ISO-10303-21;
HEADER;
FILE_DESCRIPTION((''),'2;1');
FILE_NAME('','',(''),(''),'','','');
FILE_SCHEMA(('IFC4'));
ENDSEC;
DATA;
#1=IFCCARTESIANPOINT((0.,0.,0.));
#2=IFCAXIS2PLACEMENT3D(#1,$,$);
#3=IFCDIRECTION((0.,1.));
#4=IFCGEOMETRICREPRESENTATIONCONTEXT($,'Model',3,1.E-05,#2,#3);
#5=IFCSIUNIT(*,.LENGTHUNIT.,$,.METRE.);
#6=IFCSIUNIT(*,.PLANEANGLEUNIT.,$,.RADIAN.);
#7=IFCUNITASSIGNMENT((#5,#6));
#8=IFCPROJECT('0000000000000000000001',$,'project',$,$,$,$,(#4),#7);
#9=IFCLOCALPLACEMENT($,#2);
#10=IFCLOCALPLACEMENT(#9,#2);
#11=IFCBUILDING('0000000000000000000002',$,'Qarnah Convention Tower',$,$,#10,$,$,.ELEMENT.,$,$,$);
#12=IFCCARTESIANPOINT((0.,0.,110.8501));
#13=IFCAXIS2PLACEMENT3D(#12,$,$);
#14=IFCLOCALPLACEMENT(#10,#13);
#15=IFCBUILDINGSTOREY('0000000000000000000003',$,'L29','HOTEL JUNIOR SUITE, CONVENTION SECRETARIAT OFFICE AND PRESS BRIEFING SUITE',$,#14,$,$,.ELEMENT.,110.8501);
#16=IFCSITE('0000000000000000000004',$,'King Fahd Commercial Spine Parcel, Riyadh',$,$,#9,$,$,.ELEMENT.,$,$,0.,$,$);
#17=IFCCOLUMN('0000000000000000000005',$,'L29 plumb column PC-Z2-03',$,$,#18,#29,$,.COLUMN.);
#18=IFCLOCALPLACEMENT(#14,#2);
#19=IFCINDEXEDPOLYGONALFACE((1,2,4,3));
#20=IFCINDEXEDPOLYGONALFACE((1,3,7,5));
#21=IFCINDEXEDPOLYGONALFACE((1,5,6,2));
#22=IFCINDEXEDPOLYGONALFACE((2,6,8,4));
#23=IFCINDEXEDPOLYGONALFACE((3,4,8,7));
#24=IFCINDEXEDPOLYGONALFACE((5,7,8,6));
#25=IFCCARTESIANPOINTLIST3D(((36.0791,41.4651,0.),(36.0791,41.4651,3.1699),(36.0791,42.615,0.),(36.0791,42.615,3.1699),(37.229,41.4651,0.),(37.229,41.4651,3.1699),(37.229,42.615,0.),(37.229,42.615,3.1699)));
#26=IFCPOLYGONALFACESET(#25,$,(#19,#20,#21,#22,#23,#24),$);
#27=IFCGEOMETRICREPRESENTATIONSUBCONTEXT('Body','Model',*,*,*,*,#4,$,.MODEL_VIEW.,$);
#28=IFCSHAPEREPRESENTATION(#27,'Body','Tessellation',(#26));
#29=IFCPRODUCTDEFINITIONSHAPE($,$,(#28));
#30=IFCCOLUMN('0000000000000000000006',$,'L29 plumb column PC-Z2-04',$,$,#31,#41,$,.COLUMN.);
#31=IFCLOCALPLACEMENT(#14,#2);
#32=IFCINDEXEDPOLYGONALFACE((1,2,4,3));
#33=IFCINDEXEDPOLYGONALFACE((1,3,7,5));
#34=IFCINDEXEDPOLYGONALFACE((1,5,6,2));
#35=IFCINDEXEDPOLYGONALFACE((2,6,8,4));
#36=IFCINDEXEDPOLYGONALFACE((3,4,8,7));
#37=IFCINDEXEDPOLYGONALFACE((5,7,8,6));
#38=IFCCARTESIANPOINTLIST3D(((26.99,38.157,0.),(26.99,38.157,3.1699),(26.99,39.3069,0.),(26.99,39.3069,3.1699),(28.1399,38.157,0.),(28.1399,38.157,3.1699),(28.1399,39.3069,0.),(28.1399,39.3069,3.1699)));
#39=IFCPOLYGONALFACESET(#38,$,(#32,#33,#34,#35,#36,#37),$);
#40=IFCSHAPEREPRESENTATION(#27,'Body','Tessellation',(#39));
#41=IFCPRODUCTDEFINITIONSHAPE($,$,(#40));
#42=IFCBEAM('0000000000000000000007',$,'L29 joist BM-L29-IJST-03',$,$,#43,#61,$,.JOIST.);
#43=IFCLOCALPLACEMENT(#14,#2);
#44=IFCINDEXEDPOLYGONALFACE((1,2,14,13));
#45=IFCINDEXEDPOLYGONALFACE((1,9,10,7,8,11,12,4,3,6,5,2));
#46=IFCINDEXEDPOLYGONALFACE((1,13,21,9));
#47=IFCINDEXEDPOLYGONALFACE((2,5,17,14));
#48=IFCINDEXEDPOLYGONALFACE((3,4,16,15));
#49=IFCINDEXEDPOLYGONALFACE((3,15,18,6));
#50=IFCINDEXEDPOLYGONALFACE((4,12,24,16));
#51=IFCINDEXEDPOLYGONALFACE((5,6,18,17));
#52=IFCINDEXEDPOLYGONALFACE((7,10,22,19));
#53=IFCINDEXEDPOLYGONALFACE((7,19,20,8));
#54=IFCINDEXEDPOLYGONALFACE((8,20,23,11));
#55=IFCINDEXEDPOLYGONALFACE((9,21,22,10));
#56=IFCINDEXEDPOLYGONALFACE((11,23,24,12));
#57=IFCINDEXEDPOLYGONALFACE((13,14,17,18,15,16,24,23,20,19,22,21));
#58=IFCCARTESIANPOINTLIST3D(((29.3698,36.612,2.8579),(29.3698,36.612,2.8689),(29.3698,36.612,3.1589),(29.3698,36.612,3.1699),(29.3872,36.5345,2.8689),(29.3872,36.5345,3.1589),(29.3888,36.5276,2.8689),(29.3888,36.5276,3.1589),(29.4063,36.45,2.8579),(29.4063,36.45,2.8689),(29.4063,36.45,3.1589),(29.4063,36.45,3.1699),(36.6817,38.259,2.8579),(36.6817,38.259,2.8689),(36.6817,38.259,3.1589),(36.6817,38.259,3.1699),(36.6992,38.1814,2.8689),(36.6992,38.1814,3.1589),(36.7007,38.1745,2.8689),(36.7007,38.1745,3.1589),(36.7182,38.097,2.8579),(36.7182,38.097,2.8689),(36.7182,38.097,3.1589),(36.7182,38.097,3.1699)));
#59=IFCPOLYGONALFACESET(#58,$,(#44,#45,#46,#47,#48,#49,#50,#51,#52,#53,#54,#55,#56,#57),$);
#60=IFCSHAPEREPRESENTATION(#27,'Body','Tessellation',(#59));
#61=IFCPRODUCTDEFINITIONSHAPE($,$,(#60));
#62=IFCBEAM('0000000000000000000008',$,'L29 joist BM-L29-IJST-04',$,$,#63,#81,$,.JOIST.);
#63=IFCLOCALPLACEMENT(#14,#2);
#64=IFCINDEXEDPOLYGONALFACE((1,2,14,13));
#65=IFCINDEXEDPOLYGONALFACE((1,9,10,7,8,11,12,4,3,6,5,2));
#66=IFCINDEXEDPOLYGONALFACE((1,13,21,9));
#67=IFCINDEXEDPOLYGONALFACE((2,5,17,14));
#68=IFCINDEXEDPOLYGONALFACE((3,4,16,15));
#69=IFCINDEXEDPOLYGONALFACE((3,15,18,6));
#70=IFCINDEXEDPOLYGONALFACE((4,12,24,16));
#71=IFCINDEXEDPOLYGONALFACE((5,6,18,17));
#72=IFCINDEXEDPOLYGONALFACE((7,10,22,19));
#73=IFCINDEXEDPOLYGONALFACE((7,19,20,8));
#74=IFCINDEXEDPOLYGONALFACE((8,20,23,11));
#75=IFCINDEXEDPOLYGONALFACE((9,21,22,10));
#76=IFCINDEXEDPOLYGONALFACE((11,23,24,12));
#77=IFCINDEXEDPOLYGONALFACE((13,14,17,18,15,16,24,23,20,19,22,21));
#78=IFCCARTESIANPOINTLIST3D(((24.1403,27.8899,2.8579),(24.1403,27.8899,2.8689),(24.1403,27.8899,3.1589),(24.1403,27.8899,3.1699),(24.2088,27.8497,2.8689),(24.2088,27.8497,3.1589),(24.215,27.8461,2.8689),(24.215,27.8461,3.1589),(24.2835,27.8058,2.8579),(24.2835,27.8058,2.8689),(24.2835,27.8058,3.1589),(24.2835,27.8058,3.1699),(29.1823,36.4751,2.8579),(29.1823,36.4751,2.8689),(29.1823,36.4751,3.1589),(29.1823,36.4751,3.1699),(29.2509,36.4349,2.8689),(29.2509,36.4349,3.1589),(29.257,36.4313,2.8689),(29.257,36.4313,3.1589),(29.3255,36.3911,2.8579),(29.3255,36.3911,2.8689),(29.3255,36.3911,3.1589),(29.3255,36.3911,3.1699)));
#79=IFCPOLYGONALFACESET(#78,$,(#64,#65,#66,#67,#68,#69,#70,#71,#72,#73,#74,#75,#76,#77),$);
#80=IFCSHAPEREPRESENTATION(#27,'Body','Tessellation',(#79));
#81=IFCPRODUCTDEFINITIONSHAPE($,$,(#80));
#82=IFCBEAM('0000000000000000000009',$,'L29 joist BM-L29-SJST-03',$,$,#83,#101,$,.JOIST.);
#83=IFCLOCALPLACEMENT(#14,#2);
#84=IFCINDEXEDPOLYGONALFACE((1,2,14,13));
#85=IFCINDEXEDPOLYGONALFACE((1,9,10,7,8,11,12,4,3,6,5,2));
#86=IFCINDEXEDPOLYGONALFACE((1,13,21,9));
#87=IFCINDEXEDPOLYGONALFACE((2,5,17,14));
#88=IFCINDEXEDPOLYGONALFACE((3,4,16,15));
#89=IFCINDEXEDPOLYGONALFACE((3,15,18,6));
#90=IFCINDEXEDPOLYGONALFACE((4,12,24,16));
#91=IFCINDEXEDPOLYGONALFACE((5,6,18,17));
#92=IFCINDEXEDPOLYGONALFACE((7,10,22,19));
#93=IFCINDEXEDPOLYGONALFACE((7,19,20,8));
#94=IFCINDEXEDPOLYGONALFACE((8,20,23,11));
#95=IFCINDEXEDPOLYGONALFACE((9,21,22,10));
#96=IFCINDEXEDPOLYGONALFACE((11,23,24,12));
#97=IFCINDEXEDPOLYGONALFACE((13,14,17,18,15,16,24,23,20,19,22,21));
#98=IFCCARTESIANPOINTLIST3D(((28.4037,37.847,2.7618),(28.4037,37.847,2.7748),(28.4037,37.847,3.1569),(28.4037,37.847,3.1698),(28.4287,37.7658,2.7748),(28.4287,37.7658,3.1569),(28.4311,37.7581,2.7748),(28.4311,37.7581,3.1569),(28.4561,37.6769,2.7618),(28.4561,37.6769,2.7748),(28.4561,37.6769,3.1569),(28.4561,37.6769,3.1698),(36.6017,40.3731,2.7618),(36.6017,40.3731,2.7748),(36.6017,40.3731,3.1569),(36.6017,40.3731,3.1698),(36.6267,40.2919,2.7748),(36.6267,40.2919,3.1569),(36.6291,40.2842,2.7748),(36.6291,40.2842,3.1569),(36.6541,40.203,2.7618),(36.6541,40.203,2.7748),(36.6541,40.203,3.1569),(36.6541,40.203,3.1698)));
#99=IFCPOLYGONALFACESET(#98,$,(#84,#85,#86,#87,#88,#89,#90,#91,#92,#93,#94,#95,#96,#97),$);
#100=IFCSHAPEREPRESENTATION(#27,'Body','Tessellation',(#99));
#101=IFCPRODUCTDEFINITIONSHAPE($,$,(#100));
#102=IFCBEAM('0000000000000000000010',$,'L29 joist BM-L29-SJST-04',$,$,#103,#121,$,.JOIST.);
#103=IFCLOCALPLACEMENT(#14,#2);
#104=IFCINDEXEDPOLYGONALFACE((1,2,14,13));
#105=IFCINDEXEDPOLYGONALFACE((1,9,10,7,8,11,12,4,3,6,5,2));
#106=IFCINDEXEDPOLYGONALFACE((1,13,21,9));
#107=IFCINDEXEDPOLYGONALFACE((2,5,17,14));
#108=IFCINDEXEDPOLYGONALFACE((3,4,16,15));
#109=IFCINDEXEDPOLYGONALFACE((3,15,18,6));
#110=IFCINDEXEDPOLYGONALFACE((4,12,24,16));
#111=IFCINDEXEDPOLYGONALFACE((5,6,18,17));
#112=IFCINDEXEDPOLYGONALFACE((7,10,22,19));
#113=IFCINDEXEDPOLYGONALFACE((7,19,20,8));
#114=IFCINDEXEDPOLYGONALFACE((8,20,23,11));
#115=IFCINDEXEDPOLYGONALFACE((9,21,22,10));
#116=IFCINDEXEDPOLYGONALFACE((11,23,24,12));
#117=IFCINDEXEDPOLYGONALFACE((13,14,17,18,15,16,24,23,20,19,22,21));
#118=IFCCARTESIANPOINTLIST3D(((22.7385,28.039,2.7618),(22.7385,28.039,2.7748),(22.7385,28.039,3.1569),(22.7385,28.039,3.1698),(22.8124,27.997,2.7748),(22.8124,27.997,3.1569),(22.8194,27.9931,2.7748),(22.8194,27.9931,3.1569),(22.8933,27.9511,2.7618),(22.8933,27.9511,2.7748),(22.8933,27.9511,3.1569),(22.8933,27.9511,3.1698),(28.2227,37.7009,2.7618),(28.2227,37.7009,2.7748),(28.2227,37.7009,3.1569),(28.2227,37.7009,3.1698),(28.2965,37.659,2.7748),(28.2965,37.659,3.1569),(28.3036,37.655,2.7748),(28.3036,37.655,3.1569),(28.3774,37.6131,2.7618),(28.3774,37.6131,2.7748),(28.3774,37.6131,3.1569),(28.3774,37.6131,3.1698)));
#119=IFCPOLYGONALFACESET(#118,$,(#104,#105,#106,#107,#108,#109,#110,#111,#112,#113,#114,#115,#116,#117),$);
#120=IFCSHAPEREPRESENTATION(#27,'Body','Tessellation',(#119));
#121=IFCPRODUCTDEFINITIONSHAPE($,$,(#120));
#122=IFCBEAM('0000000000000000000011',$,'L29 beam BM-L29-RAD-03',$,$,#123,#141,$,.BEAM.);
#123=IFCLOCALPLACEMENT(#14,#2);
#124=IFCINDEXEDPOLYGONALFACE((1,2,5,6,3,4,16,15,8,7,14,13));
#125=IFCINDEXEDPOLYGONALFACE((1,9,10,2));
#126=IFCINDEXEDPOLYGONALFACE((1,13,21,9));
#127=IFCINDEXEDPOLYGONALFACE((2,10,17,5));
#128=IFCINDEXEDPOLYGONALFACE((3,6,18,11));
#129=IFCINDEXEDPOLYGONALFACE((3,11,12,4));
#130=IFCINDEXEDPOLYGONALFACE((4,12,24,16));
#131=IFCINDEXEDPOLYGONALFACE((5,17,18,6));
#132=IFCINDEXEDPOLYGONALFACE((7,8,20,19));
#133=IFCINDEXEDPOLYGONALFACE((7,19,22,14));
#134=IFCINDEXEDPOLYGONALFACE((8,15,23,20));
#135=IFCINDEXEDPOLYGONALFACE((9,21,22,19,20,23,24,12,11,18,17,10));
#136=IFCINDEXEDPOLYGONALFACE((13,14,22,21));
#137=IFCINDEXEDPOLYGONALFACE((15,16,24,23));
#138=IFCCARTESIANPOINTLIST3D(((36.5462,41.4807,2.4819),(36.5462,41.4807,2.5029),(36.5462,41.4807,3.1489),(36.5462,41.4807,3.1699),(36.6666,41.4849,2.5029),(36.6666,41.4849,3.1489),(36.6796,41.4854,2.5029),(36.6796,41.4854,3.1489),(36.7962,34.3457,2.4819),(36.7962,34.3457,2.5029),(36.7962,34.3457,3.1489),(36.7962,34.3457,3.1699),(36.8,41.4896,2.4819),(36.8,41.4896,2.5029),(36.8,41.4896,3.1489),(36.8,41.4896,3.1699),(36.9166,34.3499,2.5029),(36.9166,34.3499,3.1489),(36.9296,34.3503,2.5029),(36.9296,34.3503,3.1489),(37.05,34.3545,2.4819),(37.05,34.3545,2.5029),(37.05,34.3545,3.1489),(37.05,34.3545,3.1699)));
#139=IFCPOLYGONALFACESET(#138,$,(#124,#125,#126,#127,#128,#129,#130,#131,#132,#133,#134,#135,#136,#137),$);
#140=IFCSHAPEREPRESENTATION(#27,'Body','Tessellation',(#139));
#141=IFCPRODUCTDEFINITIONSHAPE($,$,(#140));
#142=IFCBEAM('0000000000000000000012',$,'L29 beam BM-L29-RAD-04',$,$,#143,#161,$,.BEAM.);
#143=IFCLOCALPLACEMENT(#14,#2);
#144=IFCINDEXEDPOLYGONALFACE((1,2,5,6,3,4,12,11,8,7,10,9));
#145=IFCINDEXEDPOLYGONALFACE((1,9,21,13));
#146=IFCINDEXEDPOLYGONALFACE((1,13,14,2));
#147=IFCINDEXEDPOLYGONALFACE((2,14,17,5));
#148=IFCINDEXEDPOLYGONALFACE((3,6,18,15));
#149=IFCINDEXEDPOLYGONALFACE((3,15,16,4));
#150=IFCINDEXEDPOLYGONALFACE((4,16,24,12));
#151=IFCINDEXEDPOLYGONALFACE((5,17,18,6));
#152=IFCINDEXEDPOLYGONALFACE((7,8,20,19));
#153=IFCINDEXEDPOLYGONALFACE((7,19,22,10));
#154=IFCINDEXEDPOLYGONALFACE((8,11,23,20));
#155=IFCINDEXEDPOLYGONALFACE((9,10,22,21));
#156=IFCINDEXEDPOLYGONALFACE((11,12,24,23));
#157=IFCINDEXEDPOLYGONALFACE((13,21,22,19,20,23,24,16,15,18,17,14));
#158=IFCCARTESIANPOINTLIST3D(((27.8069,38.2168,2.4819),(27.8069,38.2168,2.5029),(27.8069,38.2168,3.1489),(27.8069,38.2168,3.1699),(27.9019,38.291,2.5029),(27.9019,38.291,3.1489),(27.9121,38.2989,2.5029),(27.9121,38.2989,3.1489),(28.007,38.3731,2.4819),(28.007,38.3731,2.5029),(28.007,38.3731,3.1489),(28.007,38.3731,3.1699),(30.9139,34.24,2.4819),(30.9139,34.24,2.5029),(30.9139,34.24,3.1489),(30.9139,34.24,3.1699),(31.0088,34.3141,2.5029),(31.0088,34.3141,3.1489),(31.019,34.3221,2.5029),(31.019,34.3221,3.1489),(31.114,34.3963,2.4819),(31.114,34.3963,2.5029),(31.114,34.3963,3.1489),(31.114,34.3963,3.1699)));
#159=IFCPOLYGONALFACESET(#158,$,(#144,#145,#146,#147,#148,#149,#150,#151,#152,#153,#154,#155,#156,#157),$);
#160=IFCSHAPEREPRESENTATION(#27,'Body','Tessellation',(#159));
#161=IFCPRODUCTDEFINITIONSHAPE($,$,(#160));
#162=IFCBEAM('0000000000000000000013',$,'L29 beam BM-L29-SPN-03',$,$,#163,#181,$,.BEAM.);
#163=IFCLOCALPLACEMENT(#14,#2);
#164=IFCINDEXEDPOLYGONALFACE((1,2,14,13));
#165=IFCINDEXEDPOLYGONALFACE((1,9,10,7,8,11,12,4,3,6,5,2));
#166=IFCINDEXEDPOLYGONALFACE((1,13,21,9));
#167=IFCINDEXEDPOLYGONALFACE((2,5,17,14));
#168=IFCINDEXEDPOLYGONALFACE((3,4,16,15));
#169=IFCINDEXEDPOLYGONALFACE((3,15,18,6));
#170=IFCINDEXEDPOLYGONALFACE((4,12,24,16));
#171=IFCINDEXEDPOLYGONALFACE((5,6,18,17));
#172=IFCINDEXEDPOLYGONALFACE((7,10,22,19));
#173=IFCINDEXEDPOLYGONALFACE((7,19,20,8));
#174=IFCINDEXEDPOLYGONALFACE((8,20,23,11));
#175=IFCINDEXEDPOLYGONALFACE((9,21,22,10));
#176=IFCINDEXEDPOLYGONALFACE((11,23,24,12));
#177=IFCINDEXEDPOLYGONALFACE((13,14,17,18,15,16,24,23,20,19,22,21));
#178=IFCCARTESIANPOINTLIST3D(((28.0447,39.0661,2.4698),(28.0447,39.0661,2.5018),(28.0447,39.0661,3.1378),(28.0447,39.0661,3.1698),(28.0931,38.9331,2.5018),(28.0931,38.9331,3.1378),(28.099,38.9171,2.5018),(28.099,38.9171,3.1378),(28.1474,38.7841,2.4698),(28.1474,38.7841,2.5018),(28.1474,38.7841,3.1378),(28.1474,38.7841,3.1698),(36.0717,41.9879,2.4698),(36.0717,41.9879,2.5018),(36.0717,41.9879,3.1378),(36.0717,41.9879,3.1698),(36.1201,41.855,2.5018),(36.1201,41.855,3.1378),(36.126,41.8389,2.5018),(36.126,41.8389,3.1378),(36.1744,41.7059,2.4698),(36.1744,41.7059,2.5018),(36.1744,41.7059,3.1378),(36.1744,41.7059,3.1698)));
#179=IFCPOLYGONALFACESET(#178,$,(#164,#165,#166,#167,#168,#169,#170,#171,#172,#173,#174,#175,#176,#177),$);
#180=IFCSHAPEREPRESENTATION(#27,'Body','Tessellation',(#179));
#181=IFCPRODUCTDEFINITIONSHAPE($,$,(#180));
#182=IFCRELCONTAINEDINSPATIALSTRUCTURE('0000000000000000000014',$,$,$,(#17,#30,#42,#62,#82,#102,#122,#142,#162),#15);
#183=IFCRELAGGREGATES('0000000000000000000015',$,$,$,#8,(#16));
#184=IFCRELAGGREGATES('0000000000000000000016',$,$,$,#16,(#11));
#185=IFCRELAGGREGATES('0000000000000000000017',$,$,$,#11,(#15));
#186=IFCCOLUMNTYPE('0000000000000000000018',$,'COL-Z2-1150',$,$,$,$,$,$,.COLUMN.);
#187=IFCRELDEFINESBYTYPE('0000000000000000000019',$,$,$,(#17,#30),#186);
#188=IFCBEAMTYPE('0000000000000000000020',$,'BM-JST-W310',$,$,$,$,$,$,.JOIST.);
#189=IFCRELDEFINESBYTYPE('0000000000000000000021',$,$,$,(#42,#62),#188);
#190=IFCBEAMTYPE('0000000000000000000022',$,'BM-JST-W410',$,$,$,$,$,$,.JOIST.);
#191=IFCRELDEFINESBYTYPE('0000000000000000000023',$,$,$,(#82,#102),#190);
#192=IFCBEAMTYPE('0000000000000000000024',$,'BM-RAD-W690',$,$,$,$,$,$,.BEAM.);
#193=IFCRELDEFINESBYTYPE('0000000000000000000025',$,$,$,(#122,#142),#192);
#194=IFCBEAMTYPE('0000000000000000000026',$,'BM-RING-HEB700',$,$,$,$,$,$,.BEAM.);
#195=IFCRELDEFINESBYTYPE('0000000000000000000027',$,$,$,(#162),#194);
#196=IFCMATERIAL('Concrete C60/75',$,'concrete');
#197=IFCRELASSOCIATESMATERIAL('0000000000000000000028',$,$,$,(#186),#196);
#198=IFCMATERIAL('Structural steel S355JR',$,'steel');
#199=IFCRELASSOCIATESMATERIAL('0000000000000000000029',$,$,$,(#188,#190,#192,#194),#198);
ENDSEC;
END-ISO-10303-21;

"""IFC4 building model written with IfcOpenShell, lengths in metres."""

from ifc_helpers import new_model, si_unit, direction, frame, origin, origin_2d, place, context, subcontext, project, spatial, rectangle, i_section, extrude, material, material_profile, profile_set, type_object, element, save


model = new_model("IFC4")

# Units and contexts
model_context = context("Model", 3, precision=1e-05, world=origin(), true_north=direction((0.0, 1.0)))
body_context = subcontext(model_context, "Body", "Model", "MODEL_VIEW")
ifc_project = project(units=[si_unit("LENGTHUNIT", "METRE"), si_unit("PLANEANGLEUNIT", "RADIAN")], contexts=[model_context])

# Site, building, storey
site_placement = place(None, origin())
site = spatial("IfcSite", under=ifc_project, at=site_placement, Name="King Fahd Commercial Spine Parcel, Riyadh", CompositionType="ELEMENT", RefElevation=0.0)
building_placement = place(site_placement, origin())
building = spatial("IfcBuilding", under=site, at=building_placement, Name="Qarnah Convention Tower", CompositionType="ELEMENT")
storey_placement = place(building_placement, frame((0.0, 0.0, 110.8501)))
storey = spatial("IfcBuildingStorey", under=building, at=storey_placement, Name="L29", Description="HOTEL JUNIOR SUITE, CONVENTION SECRETARIAT OFFICE AND PRESS BRIEFING SUITE", CompositionType="ELEMENT", Elevation=110.8501)

# Columns
ifc_material_1 = material(Name="Concrete C60/75", Category="concrete")
ifc_material_profile_1 = material_profile(ifc_material_1, rectangle(XDim=1.1499, YDim=1.1499, at=origin_2d()), Name="RC-COL-1150X1150")
ifc_profile_set_1 = profile_set([ifc_material_profile_1], Name="Concrete C60/75")
column_type = type_object("IfcColumnType", Name="COL-Z2-1150", PredefinedType="COLUMN", material=ifc_profile_set_1)
for number, where, z_axis, x_axis, name in (
    (1, (36.6541, 42.04, 0.0), (0.0, 0.0, 1.0), (1.0, 0.0, 0.0), "L29 plumb column PC-Z2-03"),
    (2, (27.5649, 38.7319, 0.0), (0.0, 0.0, 1.0), (1.0, 0.0, 0.0), "L29 plumb column PC-Z2-04"),
):
    element("IfcColumn", number, at=place(storey_placement, frame(where, z_axis=z_axis, x_axis=x_axis)), inside=storey, type_object=column_type, Name=name, PredefinedType="COLUMN", context=body_context, shape_type="SweptSolid", body=[
        extrude(rectangle(XDim=1.1499, YDim=1.1499, at=origin_2d()), origin(), (0.0, 0.0, 1.0), 3.1699),
    ])

# Beams
ifc_material_2 = material(Name="Structural steel S355JR", Category="steel")
ifc_material_profile_2 = material_profile(ifc_material_2, i_section(OverallWidth=0.166, OverallDepth=0.312, WebThickness=0.0071, FlangeThickness=0.011, at=origin_2d()), Name="W310X45")
ifc_profile_set_2 = profile_set([ifc_material_profile_2], Name="Structural steel S355JR")
beam_type_1 = type_object("IfcBeamType", Name="BM-JST-W310", PredefinedType="JOIST", material=ifc_profile_set_2)
beam_1_placement = place(storey_placement, frame((36.7, 38.178, 3.0139), z_axis=(-0.975559, -0.219737, 0.0), x_axis=(0.219737, -0.975559, 0.0)))
element("IfcBeam", 3, at=beam_1_placement, inside=storey, type_object=beam_type_1, Name="L29 joist BM-L29-IJST-03", PredefinedType="JOIST", context=body_context, shape_type="SweptSolid", body=[
    extrude(i_section(OverallWidth=0.166, OverallDepth=0.312, WebThickness=0.0071, FlangeThickness=0.011, at=origin_2d()), origin(), (0.0, 0.0, 1.0), 7.4951),
])
beam_2_placement = place(storey_placement, frame((29.2539, 36.4331, 3.0139), z_axis=(-0.506413, -0.862291, 0.0), x_axis=(0.862291, -0.506413, 0.0)))
element("IfcBeam", 4, at=beam_2_placement, inside=storey, type_object=beam_type_1, Name="L29 joist BM-L29-IJST-04", PredefinedType="JOIST", context=body_context, shape_type="SweptSolid", body=[
    extrude(i_section(OverallWidth=0.166, OverallDepth=0.312, WebThickness=0.0071, FlangeThickness=0.011, at=origin_2d()), origin(), (0.0, 0.0, 1.0), 9.9563),
])
ifc_material_profile_3 = material_profile(ifc_material_2, i_section(OverallWidth=0.178, OverallDepth=0.408, WebThickness=0.0081, FlangeThickness=0.0129, at=origin_2d()), Name="W410X60")
ifc_profile_set_3 = profile_set([ifc_material_profile_3], Name="Structural steel S355JR")
beam_type_2 = type_object("IfcBeamType", Name="BM-JST-W410", PredefinedType="JOIST", material=ifc_profile_set_3)
beam_3_placement = place(storey_placement, frame((36.6279, 40.2881, 2.9658), z_axis=(-0.955659, -0.294476, 0.0), x_axis=(0.294476, -0.955659, 0.0)))
element("IfcBeam", 5, at=beam_3_placement, inside=storey, type_object=beam_type_2, Name="L29 joist BM-L29-SJST-03", PredefinedType="JOIST", context=body_context, shape_type="SweptSolid", body=[
    extrude(i_section(OverallWidth=0.178, OverallDepth=0.408, WebThickness=0.0081, FlangeThickness=0.0129, at=origin_2d()), origin(), (0.0, 0.0, 1.0), 8.5784),
])
beam_4_placement = place(storey_placement, frame((28.3, 37.657, 2.9658), z_axis=(-0.493631, -0.869672, 0.0), x_axis=(0.869672, -0.493631, 0.0)))
element("IfcBeam", 6, at=beam_4_placement, inside=storey, type_object=beam_type_2, Name="L29 joist BM-L29-SJST-04", PredefinedType="JOIST", context=body_context, shape_type="SweptSolid", body=[
    extrude(i_section(OverallWidth=0.178, OverallDepth=0.408, WebThickness=0.0081, FlangeThickness=0.0129, at=origin_2d()), origin(), (0.0, 0.0, 1.0), 11.1099),
])
ifc_material_profile_4 = material_profile(ifc_material_2, i_section(OverallWidth=0.2539, OverallDepth=0.688, WebThickness=0.0129, FlangeThickness=0.021, at=origin_2d()), Name="W690X152")
ifc_profile_set_4 = profile_set([ifc_material_profile_4], Name="Structural steel S355JR")
beam_type_3 = type_object("IfcBeamType", Name="BM-RAD-W690", PredefinedType="BEAM", material=ifc_profile_set_4)
beam_5_placement = place(storey_placement, frame((36.9231, 34.3501, 2.8259), z_axis=(-0.035017, 0.999387, 0.0), x_axis=(-0.999387, -0.035017, 0.0)))
element("IfcBeam", 7, at=beam_5_placement, inside=storey, type_object=beam_type_3, Name="L29 beam BM-L29-RAD-03", PredefinedType="BEAM", context=body_context, shape_type="SweptSolid", body=[
    extrude(i_section(OverallWidth=0.2539, OverallDepth=0.688, WebThickness=0.0129, FlangeThickness=0.021, at=origin_2d()), origin(), (0.0, 0.0, 1.0), 7.1394),
])
beam_6_placement = place(storey_placement, frame((31.0139, 34.3181, 2.8259), z_axis=(-0.615651, 0.788019, 0.0), x_axis=(-0.788019, -0.615651, 0.0)))
element("IfcBeam", 8, at=beam_6_placement, inside=storey, type_object=beam_type_3, Name="L29 beam BM-L29-RAD-04", PredefinedType="BEAM", context=body_context, shape_type="SweptSolid", body=[
    extrude(i_section(OverallWidth=0.2539, OverallDepth=0.688, WebThickness=0.0129, FlangeThickness=0.021, at=origin_2d()), origin(), (0.0, 0.0, 1.0), 5.0466),
])
ifc_material_profile_5 = material_profile(ifc_material_2, i_section(OverallWidth=0.3, OverallDepth=0.7, WebThickness=0.0171, FlangeThickness=0.032, at=origin_2d()), Name="HEB700")
ifc_profile_set_5 = profile_set([ifc_material_profile_5], Name="Structural steel S355JR")
beam_type_4 = type_object("IfcBeamType", Name="BM-RING-HEB700", PredefinedType="BEAM", material=ifc_profile_set_5)
beam_7_placement = place(storey_placement, frame((36.123, 41.8469, 2.8198), z_axis=(-0.939683, -0.342046, 0.0), x_axis=(0.342046, -0.939683, 0.0)))
element("IfcBeam", 9, at=beam_7_placement, inside=storey, type_object=beam_type_4, Name="L29 beam BM-L29-SPN-03", PredefinedType="BEAM", context=body_context, shape_type="SweptSolid", body=[
    extrude(i_section(OverallWidth=0.3, OverallDepth=0.7, WebThickness=0.0171, FlangeThickness=0.032, at=origin_2d()), origin(), (0.0, 0.0, 1.0), 8.5422),
])

save(model, "model.ifc")
